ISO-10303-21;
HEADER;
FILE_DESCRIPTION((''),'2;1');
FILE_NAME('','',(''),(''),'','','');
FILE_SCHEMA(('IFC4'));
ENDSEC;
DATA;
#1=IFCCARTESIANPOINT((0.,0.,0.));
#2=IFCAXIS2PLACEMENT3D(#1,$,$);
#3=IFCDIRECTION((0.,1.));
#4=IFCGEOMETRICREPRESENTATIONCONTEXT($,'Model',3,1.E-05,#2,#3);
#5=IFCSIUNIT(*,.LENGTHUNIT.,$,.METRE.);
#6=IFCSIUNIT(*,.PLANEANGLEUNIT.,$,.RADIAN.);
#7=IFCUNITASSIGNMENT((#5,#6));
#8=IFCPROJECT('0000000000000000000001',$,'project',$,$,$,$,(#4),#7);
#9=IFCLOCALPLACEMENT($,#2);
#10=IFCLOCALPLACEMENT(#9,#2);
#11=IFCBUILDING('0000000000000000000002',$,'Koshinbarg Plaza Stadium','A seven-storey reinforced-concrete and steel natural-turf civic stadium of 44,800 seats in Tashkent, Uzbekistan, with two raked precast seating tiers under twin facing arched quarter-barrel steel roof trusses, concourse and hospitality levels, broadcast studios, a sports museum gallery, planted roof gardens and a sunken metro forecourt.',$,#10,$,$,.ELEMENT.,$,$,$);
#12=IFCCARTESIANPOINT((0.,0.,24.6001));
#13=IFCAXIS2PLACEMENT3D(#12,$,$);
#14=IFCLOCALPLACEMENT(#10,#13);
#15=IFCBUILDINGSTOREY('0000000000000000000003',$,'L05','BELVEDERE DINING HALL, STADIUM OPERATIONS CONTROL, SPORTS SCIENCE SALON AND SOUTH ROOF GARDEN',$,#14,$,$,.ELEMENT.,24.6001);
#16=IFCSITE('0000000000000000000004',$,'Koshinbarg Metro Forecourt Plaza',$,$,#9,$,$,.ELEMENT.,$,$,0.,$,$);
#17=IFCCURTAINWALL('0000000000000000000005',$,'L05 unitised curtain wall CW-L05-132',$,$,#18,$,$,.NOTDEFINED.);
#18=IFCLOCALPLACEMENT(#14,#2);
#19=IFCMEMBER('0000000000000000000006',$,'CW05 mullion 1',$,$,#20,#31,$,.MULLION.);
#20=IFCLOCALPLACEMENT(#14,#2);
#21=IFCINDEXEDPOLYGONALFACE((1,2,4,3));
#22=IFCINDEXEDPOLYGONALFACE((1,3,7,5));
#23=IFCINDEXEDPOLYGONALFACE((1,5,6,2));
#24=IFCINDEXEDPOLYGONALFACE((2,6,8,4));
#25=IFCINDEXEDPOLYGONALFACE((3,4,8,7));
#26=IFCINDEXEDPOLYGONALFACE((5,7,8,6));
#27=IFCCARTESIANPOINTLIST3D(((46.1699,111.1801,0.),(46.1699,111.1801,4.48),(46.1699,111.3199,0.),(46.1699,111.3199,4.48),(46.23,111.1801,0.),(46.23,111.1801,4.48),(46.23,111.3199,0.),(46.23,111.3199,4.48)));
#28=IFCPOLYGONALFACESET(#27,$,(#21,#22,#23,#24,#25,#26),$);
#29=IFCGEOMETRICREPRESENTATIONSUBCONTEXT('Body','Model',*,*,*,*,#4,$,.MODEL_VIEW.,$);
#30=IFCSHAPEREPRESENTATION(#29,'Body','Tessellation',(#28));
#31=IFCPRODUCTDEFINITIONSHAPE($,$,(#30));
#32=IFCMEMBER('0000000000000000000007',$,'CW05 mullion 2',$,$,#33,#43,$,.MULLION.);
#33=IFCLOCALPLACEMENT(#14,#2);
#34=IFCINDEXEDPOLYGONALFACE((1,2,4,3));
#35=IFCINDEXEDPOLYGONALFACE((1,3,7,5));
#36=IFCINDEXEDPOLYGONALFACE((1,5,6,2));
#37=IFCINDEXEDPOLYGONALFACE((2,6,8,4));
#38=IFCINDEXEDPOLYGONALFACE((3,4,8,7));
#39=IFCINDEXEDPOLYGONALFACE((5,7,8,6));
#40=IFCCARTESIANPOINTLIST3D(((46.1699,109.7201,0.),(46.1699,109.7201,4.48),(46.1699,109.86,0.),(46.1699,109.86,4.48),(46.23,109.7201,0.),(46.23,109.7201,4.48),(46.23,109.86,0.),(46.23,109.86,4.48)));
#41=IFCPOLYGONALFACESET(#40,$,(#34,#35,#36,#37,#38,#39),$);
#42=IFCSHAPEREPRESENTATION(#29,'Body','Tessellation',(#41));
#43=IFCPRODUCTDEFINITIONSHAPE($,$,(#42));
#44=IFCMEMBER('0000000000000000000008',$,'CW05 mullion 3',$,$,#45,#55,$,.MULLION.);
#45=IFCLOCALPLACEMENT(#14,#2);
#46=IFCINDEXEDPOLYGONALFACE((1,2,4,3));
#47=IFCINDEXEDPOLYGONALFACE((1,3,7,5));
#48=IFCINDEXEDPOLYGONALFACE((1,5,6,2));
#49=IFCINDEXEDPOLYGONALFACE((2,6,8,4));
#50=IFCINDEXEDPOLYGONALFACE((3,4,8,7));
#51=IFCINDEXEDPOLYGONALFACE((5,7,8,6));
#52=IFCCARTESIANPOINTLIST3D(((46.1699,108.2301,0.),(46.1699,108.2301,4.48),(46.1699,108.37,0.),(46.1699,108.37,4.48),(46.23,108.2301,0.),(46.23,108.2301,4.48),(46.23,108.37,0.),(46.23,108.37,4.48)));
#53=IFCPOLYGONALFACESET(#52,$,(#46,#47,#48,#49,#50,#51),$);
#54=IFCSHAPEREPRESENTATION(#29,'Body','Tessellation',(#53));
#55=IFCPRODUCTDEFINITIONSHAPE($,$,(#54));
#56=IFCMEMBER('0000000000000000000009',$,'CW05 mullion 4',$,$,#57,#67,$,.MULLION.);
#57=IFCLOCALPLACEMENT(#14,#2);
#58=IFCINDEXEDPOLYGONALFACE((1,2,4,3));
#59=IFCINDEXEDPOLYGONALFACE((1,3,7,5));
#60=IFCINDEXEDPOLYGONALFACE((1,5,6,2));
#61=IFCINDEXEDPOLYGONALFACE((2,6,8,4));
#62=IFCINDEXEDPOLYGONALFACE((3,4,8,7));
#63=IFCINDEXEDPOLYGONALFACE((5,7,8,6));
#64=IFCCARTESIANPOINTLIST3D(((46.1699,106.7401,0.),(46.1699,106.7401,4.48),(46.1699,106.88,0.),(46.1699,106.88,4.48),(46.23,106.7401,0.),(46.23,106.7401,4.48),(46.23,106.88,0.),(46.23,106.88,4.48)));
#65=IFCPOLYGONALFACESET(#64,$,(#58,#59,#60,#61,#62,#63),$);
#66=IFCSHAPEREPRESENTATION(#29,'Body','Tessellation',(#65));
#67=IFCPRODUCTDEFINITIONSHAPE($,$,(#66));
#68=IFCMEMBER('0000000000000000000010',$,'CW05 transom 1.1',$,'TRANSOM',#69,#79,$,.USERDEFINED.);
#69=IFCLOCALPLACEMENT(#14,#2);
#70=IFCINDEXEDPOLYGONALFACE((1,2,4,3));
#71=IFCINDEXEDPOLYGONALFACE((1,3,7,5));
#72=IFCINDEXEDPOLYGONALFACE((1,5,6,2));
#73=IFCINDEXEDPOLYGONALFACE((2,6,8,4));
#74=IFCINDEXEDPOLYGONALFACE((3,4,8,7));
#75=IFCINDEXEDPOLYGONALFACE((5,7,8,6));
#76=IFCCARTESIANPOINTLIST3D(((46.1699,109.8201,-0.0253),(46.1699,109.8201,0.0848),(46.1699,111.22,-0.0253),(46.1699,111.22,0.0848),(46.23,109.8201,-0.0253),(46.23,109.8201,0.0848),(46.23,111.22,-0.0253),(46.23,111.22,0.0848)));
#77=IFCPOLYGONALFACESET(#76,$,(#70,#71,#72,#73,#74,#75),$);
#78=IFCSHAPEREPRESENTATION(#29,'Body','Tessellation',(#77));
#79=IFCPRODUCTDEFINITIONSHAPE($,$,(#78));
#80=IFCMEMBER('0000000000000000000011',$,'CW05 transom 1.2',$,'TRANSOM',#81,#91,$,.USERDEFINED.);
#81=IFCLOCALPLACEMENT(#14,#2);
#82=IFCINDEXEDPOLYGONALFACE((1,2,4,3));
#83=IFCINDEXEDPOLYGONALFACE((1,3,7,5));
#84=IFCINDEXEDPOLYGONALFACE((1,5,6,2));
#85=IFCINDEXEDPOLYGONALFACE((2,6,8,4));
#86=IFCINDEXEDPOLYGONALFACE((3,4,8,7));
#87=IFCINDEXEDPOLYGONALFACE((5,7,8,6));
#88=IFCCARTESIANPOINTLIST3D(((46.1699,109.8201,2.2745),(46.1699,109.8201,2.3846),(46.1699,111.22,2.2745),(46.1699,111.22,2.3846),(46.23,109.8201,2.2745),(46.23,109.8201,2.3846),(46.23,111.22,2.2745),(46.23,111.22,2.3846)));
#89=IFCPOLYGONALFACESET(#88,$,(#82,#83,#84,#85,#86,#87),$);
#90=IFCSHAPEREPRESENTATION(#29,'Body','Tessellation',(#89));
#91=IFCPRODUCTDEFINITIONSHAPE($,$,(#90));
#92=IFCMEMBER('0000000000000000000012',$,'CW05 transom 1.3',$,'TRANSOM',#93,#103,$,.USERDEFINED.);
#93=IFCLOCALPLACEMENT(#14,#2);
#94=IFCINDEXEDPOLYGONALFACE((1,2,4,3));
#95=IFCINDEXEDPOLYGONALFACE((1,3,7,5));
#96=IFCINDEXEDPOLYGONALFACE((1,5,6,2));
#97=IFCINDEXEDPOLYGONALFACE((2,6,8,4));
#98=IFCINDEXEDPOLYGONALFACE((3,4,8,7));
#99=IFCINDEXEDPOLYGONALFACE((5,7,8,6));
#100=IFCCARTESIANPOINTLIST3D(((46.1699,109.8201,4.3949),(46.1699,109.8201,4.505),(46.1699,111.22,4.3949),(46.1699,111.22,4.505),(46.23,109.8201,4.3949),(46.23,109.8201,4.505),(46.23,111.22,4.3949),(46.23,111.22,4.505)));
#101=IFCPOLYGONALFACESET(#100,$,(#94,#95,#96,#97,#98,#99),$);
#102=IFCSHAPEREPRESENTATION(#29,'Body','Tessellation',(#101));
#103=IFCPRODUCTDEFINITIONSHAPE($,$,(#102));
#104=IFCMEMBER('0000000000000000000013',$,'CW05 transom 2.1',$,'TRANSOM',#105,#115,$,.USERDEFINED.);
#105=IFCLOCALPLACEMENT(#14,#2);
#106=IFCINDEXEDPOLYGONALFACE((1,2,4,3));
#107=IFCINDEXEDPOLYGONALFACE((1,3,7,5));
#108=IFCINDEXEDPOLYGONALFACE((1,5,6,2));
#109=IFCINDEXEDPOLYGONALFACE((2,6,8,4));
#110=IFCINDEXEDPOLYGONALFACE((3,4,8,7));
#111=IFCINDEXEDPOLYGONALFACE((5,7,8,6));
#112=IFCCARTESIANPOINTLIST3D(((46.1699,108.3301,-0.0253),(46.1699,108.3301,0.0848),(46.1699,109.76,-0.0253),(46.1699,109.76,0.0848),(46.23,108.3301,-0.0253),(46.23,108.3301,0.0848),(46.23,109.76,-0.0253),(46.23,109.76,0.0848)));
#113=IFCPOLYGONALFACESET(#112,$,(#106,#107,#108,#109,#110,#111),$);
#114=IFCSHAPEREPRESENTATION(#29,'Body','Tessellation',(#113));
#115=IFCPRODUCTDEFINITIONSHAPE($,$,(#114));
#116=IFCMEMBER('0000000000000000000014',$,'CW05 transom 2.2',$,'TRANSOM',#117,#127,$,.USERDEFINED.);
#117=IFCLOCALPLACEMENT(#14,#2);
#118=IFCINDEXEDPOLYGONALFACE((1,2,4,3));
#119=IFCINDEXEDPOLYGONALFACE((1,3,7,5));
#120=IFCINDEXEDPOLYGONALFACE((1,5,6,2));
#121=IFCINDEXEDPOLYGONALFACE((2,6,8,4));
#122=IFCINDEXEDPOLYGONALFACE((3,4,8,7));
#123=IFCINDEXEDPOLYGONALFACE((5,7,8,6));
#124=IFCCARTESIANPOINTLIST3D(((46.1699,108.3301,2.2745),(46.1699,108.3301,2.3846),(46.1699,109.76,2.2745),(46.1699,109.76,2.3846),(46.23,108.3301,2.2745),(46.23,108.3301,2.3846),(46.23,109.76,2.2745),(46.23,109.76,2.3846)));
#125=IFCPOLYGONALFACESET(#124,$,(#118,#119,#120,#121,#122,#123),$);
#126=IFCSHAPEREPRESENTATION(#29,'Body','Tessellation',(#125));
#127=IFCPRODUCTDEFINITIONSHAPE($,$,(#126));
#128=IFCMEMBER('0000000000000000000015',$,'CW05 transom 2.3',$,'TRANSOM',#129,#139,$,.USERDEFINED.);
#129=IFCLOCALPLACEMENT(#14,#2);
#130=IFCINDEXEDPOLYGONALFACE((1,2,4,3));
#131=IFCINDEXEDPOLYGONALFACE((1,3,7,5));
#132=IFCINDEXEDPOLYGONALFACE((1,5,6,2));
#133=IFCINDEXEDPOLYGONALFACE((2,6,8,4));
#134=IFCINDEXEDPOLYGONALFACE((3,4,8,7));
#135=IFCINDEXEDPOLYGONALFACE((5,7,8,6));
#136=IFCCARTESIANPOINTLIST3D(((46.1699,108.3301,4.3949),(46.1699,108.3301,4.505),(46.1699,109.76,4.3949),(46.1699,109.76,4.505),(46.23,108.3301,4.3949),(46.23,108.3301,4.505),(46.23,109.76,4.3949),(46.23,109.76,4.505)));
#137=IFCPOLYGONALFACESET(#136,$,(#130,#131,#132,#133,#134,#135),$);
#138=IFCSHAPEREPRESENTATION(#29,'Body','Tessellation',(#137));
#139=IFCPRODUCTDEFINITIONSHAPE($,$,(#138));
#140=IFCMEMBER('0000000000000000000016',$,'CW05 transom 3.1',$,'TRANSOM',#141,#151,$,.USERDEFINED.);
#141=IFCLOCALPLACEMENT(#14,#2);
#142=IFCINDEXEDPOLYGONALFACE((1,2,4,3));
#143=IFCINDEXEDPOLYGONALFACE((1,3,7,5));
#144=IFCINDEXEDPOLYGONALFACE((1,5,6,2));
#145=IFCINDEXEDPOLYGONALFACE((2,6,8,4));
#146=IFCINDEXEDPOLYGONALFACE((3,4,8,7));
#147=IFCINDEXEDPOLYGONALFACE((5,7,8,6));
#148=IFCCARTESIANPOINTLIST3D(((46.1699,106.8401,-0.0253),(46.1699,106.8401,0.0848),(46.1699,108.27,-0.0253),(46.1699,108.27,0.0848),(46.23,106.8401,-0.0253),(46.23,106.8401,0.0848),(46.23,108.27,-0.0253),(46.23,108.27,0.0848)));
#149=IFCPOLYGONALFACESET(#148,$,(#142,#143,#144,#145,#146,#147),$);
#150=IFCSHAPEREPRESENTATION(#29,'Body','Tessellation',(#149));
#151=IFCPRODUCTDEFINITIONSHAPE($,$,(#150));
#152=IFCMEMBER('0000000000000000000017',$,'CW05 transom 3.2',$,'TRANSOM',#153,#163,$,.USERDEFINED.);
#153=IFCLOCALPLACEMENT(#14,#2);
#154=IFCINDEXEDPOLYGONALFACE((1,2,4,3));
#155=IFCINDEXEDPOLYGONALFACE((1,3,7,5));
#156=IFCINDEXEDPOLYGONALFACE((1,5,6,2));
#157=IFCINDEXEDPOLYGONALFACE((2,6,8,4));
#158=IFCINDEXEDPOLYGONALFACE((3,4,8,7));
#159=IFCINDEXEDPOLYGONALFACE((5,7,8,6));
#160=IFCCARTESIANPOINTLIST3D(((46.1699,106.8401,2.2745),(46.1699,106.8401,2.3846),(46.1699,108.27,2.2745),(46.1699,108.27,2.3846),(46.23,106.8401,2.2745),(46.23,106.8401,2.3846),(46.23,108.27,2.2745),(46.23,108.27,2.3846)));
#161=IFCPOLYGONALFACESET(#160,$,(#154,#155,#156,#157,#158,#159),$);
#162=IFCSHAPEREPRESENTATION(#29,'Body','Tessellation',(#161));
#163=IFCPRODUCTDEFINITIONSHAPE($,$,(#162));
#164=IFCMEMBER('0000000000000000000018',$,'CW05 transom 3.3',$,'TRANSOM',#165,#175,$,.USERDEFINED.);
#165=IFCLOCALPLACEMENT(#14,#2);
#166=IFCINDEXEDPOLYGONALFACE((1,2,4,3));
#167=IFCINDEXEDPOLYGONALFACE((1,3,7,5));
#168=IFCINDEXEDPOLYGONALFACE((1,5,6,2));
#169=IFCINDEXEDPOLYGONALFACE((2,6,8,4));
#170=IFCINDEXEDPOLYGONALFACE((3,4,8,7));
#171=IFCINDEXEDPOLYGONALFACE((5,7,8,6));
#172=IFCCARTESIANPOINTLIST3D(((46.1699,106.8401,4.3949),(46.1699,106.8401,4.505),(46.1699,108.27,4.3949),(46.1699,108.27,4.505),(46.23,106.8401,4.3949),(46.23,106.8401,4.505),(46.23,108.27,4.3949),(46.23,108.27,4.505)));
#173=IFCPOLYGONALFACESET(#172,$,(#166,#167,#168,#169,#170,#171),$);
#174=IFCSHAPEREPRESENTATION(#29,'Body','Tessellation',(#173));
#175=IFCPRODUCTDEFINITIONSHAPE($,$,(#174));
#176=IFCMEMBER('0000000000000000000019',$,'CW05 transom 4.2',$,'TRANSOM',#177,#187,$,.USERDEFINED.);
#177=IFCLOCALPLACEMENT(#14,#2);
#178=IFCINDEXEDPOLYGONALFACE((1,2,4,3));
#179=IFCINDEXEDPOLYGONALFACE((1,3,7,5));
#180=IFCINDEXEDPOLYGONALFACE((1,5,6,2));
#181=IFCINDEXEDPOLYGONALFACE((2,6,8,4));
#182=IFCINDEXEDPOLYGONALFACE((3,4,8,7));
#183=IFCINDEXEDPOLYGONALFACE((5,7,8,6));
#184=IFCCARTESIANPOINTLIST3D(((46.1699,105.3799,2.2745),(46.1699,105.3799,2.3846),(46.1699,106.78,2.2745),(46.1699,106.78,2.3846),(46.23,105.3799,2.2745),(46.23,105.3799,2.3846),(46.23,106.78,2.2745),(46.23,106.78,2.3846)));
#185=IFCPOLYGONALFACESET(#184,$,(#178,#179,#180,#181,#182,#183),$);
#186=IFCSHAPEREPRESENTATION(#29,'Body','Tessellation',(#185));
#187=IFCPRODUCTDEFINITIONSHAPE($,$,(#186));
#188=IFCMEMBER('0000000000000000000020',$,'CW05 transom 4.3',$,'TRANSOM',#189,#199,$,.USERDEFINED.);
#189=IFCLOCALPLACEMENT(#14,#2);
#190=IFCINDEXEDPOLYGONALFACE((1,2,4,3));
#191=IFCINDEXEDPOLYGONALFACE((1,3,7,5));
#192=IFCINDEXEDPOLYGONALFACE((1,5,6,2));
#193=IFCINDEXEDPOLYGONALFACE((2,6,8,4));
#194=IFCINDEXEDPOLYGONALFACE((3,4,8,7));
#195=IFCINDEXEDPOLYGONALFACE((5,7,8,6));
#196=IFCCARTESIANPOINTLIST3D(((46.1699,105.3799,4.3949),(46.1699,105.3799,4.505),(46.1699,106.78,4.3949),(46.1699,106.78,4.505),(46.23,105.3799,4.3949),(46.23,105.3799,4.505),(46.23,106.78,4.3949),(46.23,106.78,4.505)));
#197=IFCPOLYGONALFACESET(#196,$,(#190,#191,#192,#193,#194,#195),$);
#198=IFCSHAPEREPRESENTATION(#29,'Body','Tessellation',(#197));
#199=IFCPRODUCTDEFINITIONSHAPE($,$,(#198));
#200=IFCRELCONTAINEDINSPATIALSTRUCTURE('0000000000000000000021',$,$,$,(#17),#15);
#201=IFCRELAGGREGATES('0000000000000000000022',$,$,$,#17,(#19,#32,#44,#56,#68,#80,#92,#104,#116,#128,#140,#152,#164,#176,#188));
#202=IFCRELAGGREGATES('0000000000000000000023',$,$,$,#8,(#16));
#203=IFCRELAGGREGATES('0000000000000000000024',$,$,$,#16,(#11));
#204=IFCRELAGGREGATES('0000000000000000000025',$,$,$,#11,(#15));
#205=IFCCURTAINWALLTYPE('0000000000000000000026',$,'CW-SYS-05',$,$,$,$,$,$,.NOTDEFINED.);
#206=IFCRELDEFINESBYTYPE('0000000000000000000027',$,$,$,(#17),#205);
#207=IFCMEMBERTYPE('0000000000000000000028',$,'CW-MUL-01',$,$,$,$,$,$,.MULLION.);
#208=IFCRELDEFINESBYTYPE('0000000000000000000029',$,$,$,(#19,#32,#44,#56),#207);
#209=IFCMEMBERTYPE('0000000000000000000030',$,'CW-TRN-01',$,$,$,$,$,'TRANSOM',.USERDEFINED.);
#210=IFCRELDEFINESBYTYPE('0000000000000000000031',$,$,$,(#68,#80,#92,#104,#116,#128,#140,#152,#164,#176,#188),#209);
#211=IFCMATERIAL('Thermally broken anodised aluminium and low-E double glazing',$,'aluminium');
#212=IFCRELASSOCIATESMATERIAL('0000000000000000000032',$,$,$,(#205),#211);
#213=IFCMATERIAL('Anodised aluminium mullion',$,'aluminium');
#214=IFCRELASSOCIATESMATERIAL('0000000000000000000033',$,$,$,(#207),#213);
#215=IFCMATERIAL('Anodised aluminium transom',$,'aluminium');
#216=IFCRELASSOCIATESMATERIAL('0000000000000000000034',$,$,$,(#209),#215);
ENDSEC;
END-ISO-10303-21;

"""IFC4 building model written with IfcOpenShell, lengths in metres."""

from ifc_helpers import new_model, si_unit, direction, frame, origin, origin_2d, place, context, subcontext, project, spatial, rectangle, extrude, material, material_profile, profile_set, type_object, element, aggregate, save


model = new_model("IFC4")

# Units and contexts
model_context = context("Model", 3, precision=1e-05, world=origin(), true_north=direction((0.0, 1.0)))
body_context = subcontext(model_context, "Body", "Model", "MODEL_VIEW")
ifc_project = project(units=[si_unit("LENGTHUNIT", "METRE"), si_unit("PLANEANGLEUNIT", "RADIAN")], contexts=[model_context])

# Site, building, storey
site_placement = place(None, origin())
site = spatial("IfcSite", under=ifc_project, at=site_placement, Name="Koshinbarg Metro Forecourt Plaza", CompositionType="ELEMENT", RefElevation=0.0)
building_placement = place(site_placement, origin())
building = spatial("IfcBuilding", under=site, at=building_placement, Name="Koshinbarg Plaza Stadium", Description="A seven-storey reinforced-concrete and steel natural-turf civic stadium of 44,800 seats in Tashkent, Uzbekistan, with two raked precast seating tiers under twin facing arched quarter-barrel steel roof trusses, concourse and hospitality levels, broadcast studios, a sports museum gallery, planted roof gardens and a sunken metro forecourt.", CompositionType="ELEMENT")
storey_placement = place(building_placement, frame((0.0, 0.0, 24.6001)))
storey = spatial("IfcBuildingStorey", under=building, at=storey_placement, Name="L05", Description="BELVEDERE DINING HALL, STADIUM OPERATIONS CONTROL, SPORTS SCIENCE SALON AND SOUTH ROOF GARDEN", CompositionType="ELEMENT", Elevation=24.6001)

# Curtain wall, members
ifc_material_1 = material(Name="Thermally broken anodised aluminium and low-E double glazing", Category="aluminium")
curtain_wall_type = type_object("IfcCurtainWallType", Name="CW-SYS-05", PredefinedType="NOTDEFINED", material=ifc_material_1)
curtain_wall_placement = place(storey_placement, origin())
curtain_wall = element("IfcCurtainWall", 1, at=curtain_wall_placement, inside=storey, type_object=curtain_wall_type, Name="L05 unitised curtain wall CW-L05-132", PredefinedType="NOTDEFINED")
ifc_material_2 = material(Name="Anodised aluminium mullion", Category="aluminium")
ifc_material_profile_1 = material_profile(ifc_material_2, rectangle(XDim=0.0601, YDim=0.1399, at=origin_2d()), Name="ALU 60x140")
ifc_profile_set_1 = profile_set([ifc_material_profile_1], Name="Anodised aluminium mullion")
member_type_1 = type_object("IfcMemberType", Name="CW-MUL-01", PredefinedType="MULLION", material=ifc_profile_set_1)
member_1_placement = place(storey_placement, frame((46.2, 111.25, 0.0), z_axis=(0.0, 0.0, 1.0), x_axis=(1.0, 0.0, 0.0)))
member_1 = element("IfcMember", 2, at=member_1_placement, type_object=member_type_1, Name="CW05 mullion 1", PredefinedType="MULLION", context=body_context, shape_type="SweptSolid", body=[
    extrude(rectangle(XDim=0.0601, YDim=0.1399, at=origin_2d()), origin(), (0.0, 0.0, 1.0), 4.48),
])
member_2_placement = place(storey_placement, frame((46.2, 109.79, 0.0), z_axis=(0.0, 0.0, 1.0), x_axis=(1.0, 0.0, 0.0)))
member_2 = element("IfcMember", 3, at=member_2_placement, type_object=member_type_1, Name="CW05 mullion 2", PredefinedType="MULLION", context=body_context, shape_type="SweptSolid", body=[
    extrude(rectangle(XDim=0.0601, YDim=0.1399, at=origin_2d()), origin(), (0.0, 0.0, 1.0), 4.48),
])
member_3_placement = place(storey_placement, frame((46.2, 108.3, 0.0), z_axis=(0.0, 0.0, 1.0), x_axis=(1.0, 0.0, 0.0)))
member_3 = element("IfcMember", 4, at=member_3_placement, type_object=member_type_1, Name="CW05 mullion 3", PredefinedType="MULLION", context=body_context, shape_type="SweptSolid", body=[
    extrude(rectangle(XDim=0.0601, YDim=0.1399, at=origin_2d()), origin(), (0.0, 0.0, 1.0), 4.48),
])
member_4_placement = place(storey_placement, frame((46.2, 106.8101, 0.0), z_axis=(0.0, 0.0, 1.0), x_axis=(1.0, 0.0, 0.0)))
member_4 = element("IfcMember", 5, at=member_4_placement, type_object=member_type_1, Name="CW05 mullion 4", PredefinedType="MULLION", context=body_context, shape_type="SweptSolid", body=[
    extrude(rectangle(XDim=0.0601, YDim=0.1399, at=origin_2d()), origin(), (0.0, 0.0, 1.0), 4.48),
])
ifc_material_3 = material(Name="Anodised aluminium transom", Category="aluminium")
ifc_material_profile_2 = material_profile(ifc_material_3, rectangle(XDim=0.0601, YDim=0.1101, at=origin_2d()), Name="ALU 60x110")
ifc_profile_set_2 = profile_set([ifc_material_profile_2], Name="Anodised aluminium transom")
member_type_2 = type_object("IfcMemberType", Name="CW-TRN-01", ElementType="TRANSOM", PredefinedType="USERDEFINED", material=ifc_profile_set_2)
member_5_placement = place(storey_placement, frame((46.2, 111.22, 0.0298), z_axis=(0.0, -1.0, 0.0), x_axis=(1.0, 0.0, 0.0)))
member_5 = element("IfcMember", 6, at=member_5_placement, type_object=member_type_2, Name="CW05 transom 1.1", ObjectType="TRANSOM", PredefinedType="USERDEFINED", context=body_context, shape_type="SweptSolid", body=[
    extrude(rectangle(XDim=0.0601, YDim=0.1101, at=origin_2d()), origin(), (0.0, 0.0, 1.0), 1.3999),
])
member_6_placement = place(storey_placement, frame((46.2, 111.22, 2.3296), z_axis=(0.0, -1.0, 0.0), x_axis=(1.0, 0.0, 0.0)))
member_6 = element("IfcMember", 7, at=member_6_placement, type_object=member_type_2, Name="CW05 transom 1.2", ObjectType="TRANSOM", PredefinedType="USERDEFINED", context=body_context, shape_type="SweptSolid", body=[
    extrude(rectangle(XDim=0.0601, YDim=0.1101, at=origin_2d()), origin(), (0.0, 0.0, 1.0), 1.3999),
])
member_7_placement = place(storey_placement, frame((46.2, 111.22, 4.45), z_axis=(0.0, -1.0, 0.0), x_axis=(1.0, 0.0, 0.0)))
member_7 = element("IfcMember", 8, at=member_7_placement, type_object=member_type_2, Name="CW05 transom 1.3", ObjectType="TRANSOM", PredefinedType="USERDEFINED", context=body_context, shape_type="SweptSolid", body=[
    extrude(rectangle(XDim=0.0601, YDim=0.1101, at=origin_2d()), origin(), (0.0, 0.0, 1.0), 1.3999),
])
member_8_placement = place(storey_placement, frame((46.2, 109.76, 0.0298), z_axis=(0.0, -1.0, 0.0), x_axis=(1.0, 0.0, 0.0)))
member_8 = element("IfcMember", 9, at=member_8_placement, type_object=member_type_2, Name="CW05 transom 2.1", ObjectType="TRANSOM", PredefinedType="USERDEFINED", context=body_context, shape_type="SweptSolid", body=[
    extrude(rectangle(XDim=0.0601, YDim=0.1101, at=origin_2d()), origin(), (0.0, 0.0, 1.0), 1.4299),
])
member_9_placement = place(storey_placement, frame((46.2, 109.76, 2.3296), z_axis=(0.0, -1.0, 0.0), x_axis=(1.0, 0.0, 0.0)))
member_9 = element("IfcMember", 10, at=member_9_placement, type_object=member_type_2, Name="CW05 transom 2.2", ObjectType="TRANSOM", PredefinedType="USERDEFINED", context=body_context, shape_type="SweptSolid", body=[
    extrude(rectangle(XDim=0.0601, YDim=0.1101, at=origin_2d()), origin(), (0.0, 0.0, 1.0), 1.4299),
])
member_10_placement = place(storey_placement, frame((46.2, 109.76, 4.45), z_axis=(0.0, -1.0, 0.0), x_axis=(1.0, 0.0, 0.0)))
member_10 = element("IfcMember", 11, at=member_10_placement, type_object=member_type_2, Name="CW05 transom 2.3", ObjectType="TRANSOM", PredefinedType="USERDEFINED", context=body_context, shape_type="SweptSolid", body=[
    extrude(rectangle(XDim=0.0601, YDim=0.1101, at=origin_2d()), origin(), (0.0, 0.0, 1.0), 1.4299),
])
member_11_placement = place(storey_placement, frame((46.2, 108.27, 0.0298), z_axis=(0.0, -1.0, 0.0), x_axis=(1.0, 0.0, 0.0)))
member_11 = element("IfcMember", 12, at=member_11_placement, type_object=member_type_2, Name="CW05 transom 3.1", ObjectType="TRANSOM", PredefinedType="USERDEFINED", context=body_context, shape_type="SweptSolid", body=[
    extrude(rectangle(XDim=0.0601, YDim=0.1101, at=origin_2d()), origin(), (0.0, 0.0, 1.0), 1.4299),
])
member_12_placement = place(storey_placement, frame((46.2, 108.27, 2.3296), z_axis=(0.0, -1.0, 0.0), x_axis=(1.0, 0.0, 0.0)))
member_12 = element("IfcMember", 13, at=member_12_placement, type_object=member_type_2, Name="CW05 transom 3.2", ObjectType="TRANSOM", PredefinedType="USERDEFINED", context=body_context, shape_type="SweptSolid", body=[
    extrude(rectangle(XDim=0.0601, YDim=0.1101, at=origin_2d()), origin(), (0.0, 0.0, 1.0), 1.4299),
])
member_13_placement = place(storey_placement, frame((46.2, 108.27, 4.45), z_axis=(0.0, -1.0, 0.0), x_axis=(1.0, 0.0, 0.0)))
member_13 = element("IfcMember", 14, at=member_13_placement, type_object=member_type_2, Name="CW05 transom 3.3", ObjectType="TRANSOM", PredefinedType="USERDEFINED", context=body_context, shape_type="SweptSolid", body=[
    extrude(rectangle(XDim=0.0601, YDim=0.1101, at=origin_2d()), origin(), (0.0, 0.0, 1.0), 1.4299),
])
member_14_placement = place(storey_placement, frame((46.2, 106.78, 2.3296), z_axis=(0.0, -1.0, 0.0), x_axis=(1.0, 0.0, 0.0)))
member_14 = element("IfcMember", 15, at=member_14_placement, type_object=member_type_2, Name="CW05 transom 4.2", ObjectType="TRANSOM", PredefinedType="USERDEFINED", context=body_context, shape_type="SweptSolid", body=[
    extrude(rectangle(XDim=0.0601, YDim=0.1101, at=origin_2d()), origin(), (0.0, 0.0, 1.0), 1.4001),
])
member_15_placement = place(storey_placement, frame((46.2, 106.78, 4.45), z_axis=(0.0, -1.0, 0.0), x_axis=(1.0, 0.0, 0.0)))
member_15 = element("IfcMember", 16, at=member_15_placement, type_object=member_type_2, Name="CW05 transom 4.3", ObjectType="TRANSOM", PredefinedType="USERDEFINED", context=body_context, shape_type="SweptSolid", body=[
    extrude(rectangle(XDim=0.0601, YDim=0.1101, at=origin_2d()), origin(), (0.0, 0.0, 1.0), 1.4001),
])
aggregate(curtain_wall, [member_1, member_2, member_3, member_4, member_5, member_6, member_7, member_8, member_9, member_10, member_11, member_12, member_13, member_14, member_15])

save(model, "model.ifc")
